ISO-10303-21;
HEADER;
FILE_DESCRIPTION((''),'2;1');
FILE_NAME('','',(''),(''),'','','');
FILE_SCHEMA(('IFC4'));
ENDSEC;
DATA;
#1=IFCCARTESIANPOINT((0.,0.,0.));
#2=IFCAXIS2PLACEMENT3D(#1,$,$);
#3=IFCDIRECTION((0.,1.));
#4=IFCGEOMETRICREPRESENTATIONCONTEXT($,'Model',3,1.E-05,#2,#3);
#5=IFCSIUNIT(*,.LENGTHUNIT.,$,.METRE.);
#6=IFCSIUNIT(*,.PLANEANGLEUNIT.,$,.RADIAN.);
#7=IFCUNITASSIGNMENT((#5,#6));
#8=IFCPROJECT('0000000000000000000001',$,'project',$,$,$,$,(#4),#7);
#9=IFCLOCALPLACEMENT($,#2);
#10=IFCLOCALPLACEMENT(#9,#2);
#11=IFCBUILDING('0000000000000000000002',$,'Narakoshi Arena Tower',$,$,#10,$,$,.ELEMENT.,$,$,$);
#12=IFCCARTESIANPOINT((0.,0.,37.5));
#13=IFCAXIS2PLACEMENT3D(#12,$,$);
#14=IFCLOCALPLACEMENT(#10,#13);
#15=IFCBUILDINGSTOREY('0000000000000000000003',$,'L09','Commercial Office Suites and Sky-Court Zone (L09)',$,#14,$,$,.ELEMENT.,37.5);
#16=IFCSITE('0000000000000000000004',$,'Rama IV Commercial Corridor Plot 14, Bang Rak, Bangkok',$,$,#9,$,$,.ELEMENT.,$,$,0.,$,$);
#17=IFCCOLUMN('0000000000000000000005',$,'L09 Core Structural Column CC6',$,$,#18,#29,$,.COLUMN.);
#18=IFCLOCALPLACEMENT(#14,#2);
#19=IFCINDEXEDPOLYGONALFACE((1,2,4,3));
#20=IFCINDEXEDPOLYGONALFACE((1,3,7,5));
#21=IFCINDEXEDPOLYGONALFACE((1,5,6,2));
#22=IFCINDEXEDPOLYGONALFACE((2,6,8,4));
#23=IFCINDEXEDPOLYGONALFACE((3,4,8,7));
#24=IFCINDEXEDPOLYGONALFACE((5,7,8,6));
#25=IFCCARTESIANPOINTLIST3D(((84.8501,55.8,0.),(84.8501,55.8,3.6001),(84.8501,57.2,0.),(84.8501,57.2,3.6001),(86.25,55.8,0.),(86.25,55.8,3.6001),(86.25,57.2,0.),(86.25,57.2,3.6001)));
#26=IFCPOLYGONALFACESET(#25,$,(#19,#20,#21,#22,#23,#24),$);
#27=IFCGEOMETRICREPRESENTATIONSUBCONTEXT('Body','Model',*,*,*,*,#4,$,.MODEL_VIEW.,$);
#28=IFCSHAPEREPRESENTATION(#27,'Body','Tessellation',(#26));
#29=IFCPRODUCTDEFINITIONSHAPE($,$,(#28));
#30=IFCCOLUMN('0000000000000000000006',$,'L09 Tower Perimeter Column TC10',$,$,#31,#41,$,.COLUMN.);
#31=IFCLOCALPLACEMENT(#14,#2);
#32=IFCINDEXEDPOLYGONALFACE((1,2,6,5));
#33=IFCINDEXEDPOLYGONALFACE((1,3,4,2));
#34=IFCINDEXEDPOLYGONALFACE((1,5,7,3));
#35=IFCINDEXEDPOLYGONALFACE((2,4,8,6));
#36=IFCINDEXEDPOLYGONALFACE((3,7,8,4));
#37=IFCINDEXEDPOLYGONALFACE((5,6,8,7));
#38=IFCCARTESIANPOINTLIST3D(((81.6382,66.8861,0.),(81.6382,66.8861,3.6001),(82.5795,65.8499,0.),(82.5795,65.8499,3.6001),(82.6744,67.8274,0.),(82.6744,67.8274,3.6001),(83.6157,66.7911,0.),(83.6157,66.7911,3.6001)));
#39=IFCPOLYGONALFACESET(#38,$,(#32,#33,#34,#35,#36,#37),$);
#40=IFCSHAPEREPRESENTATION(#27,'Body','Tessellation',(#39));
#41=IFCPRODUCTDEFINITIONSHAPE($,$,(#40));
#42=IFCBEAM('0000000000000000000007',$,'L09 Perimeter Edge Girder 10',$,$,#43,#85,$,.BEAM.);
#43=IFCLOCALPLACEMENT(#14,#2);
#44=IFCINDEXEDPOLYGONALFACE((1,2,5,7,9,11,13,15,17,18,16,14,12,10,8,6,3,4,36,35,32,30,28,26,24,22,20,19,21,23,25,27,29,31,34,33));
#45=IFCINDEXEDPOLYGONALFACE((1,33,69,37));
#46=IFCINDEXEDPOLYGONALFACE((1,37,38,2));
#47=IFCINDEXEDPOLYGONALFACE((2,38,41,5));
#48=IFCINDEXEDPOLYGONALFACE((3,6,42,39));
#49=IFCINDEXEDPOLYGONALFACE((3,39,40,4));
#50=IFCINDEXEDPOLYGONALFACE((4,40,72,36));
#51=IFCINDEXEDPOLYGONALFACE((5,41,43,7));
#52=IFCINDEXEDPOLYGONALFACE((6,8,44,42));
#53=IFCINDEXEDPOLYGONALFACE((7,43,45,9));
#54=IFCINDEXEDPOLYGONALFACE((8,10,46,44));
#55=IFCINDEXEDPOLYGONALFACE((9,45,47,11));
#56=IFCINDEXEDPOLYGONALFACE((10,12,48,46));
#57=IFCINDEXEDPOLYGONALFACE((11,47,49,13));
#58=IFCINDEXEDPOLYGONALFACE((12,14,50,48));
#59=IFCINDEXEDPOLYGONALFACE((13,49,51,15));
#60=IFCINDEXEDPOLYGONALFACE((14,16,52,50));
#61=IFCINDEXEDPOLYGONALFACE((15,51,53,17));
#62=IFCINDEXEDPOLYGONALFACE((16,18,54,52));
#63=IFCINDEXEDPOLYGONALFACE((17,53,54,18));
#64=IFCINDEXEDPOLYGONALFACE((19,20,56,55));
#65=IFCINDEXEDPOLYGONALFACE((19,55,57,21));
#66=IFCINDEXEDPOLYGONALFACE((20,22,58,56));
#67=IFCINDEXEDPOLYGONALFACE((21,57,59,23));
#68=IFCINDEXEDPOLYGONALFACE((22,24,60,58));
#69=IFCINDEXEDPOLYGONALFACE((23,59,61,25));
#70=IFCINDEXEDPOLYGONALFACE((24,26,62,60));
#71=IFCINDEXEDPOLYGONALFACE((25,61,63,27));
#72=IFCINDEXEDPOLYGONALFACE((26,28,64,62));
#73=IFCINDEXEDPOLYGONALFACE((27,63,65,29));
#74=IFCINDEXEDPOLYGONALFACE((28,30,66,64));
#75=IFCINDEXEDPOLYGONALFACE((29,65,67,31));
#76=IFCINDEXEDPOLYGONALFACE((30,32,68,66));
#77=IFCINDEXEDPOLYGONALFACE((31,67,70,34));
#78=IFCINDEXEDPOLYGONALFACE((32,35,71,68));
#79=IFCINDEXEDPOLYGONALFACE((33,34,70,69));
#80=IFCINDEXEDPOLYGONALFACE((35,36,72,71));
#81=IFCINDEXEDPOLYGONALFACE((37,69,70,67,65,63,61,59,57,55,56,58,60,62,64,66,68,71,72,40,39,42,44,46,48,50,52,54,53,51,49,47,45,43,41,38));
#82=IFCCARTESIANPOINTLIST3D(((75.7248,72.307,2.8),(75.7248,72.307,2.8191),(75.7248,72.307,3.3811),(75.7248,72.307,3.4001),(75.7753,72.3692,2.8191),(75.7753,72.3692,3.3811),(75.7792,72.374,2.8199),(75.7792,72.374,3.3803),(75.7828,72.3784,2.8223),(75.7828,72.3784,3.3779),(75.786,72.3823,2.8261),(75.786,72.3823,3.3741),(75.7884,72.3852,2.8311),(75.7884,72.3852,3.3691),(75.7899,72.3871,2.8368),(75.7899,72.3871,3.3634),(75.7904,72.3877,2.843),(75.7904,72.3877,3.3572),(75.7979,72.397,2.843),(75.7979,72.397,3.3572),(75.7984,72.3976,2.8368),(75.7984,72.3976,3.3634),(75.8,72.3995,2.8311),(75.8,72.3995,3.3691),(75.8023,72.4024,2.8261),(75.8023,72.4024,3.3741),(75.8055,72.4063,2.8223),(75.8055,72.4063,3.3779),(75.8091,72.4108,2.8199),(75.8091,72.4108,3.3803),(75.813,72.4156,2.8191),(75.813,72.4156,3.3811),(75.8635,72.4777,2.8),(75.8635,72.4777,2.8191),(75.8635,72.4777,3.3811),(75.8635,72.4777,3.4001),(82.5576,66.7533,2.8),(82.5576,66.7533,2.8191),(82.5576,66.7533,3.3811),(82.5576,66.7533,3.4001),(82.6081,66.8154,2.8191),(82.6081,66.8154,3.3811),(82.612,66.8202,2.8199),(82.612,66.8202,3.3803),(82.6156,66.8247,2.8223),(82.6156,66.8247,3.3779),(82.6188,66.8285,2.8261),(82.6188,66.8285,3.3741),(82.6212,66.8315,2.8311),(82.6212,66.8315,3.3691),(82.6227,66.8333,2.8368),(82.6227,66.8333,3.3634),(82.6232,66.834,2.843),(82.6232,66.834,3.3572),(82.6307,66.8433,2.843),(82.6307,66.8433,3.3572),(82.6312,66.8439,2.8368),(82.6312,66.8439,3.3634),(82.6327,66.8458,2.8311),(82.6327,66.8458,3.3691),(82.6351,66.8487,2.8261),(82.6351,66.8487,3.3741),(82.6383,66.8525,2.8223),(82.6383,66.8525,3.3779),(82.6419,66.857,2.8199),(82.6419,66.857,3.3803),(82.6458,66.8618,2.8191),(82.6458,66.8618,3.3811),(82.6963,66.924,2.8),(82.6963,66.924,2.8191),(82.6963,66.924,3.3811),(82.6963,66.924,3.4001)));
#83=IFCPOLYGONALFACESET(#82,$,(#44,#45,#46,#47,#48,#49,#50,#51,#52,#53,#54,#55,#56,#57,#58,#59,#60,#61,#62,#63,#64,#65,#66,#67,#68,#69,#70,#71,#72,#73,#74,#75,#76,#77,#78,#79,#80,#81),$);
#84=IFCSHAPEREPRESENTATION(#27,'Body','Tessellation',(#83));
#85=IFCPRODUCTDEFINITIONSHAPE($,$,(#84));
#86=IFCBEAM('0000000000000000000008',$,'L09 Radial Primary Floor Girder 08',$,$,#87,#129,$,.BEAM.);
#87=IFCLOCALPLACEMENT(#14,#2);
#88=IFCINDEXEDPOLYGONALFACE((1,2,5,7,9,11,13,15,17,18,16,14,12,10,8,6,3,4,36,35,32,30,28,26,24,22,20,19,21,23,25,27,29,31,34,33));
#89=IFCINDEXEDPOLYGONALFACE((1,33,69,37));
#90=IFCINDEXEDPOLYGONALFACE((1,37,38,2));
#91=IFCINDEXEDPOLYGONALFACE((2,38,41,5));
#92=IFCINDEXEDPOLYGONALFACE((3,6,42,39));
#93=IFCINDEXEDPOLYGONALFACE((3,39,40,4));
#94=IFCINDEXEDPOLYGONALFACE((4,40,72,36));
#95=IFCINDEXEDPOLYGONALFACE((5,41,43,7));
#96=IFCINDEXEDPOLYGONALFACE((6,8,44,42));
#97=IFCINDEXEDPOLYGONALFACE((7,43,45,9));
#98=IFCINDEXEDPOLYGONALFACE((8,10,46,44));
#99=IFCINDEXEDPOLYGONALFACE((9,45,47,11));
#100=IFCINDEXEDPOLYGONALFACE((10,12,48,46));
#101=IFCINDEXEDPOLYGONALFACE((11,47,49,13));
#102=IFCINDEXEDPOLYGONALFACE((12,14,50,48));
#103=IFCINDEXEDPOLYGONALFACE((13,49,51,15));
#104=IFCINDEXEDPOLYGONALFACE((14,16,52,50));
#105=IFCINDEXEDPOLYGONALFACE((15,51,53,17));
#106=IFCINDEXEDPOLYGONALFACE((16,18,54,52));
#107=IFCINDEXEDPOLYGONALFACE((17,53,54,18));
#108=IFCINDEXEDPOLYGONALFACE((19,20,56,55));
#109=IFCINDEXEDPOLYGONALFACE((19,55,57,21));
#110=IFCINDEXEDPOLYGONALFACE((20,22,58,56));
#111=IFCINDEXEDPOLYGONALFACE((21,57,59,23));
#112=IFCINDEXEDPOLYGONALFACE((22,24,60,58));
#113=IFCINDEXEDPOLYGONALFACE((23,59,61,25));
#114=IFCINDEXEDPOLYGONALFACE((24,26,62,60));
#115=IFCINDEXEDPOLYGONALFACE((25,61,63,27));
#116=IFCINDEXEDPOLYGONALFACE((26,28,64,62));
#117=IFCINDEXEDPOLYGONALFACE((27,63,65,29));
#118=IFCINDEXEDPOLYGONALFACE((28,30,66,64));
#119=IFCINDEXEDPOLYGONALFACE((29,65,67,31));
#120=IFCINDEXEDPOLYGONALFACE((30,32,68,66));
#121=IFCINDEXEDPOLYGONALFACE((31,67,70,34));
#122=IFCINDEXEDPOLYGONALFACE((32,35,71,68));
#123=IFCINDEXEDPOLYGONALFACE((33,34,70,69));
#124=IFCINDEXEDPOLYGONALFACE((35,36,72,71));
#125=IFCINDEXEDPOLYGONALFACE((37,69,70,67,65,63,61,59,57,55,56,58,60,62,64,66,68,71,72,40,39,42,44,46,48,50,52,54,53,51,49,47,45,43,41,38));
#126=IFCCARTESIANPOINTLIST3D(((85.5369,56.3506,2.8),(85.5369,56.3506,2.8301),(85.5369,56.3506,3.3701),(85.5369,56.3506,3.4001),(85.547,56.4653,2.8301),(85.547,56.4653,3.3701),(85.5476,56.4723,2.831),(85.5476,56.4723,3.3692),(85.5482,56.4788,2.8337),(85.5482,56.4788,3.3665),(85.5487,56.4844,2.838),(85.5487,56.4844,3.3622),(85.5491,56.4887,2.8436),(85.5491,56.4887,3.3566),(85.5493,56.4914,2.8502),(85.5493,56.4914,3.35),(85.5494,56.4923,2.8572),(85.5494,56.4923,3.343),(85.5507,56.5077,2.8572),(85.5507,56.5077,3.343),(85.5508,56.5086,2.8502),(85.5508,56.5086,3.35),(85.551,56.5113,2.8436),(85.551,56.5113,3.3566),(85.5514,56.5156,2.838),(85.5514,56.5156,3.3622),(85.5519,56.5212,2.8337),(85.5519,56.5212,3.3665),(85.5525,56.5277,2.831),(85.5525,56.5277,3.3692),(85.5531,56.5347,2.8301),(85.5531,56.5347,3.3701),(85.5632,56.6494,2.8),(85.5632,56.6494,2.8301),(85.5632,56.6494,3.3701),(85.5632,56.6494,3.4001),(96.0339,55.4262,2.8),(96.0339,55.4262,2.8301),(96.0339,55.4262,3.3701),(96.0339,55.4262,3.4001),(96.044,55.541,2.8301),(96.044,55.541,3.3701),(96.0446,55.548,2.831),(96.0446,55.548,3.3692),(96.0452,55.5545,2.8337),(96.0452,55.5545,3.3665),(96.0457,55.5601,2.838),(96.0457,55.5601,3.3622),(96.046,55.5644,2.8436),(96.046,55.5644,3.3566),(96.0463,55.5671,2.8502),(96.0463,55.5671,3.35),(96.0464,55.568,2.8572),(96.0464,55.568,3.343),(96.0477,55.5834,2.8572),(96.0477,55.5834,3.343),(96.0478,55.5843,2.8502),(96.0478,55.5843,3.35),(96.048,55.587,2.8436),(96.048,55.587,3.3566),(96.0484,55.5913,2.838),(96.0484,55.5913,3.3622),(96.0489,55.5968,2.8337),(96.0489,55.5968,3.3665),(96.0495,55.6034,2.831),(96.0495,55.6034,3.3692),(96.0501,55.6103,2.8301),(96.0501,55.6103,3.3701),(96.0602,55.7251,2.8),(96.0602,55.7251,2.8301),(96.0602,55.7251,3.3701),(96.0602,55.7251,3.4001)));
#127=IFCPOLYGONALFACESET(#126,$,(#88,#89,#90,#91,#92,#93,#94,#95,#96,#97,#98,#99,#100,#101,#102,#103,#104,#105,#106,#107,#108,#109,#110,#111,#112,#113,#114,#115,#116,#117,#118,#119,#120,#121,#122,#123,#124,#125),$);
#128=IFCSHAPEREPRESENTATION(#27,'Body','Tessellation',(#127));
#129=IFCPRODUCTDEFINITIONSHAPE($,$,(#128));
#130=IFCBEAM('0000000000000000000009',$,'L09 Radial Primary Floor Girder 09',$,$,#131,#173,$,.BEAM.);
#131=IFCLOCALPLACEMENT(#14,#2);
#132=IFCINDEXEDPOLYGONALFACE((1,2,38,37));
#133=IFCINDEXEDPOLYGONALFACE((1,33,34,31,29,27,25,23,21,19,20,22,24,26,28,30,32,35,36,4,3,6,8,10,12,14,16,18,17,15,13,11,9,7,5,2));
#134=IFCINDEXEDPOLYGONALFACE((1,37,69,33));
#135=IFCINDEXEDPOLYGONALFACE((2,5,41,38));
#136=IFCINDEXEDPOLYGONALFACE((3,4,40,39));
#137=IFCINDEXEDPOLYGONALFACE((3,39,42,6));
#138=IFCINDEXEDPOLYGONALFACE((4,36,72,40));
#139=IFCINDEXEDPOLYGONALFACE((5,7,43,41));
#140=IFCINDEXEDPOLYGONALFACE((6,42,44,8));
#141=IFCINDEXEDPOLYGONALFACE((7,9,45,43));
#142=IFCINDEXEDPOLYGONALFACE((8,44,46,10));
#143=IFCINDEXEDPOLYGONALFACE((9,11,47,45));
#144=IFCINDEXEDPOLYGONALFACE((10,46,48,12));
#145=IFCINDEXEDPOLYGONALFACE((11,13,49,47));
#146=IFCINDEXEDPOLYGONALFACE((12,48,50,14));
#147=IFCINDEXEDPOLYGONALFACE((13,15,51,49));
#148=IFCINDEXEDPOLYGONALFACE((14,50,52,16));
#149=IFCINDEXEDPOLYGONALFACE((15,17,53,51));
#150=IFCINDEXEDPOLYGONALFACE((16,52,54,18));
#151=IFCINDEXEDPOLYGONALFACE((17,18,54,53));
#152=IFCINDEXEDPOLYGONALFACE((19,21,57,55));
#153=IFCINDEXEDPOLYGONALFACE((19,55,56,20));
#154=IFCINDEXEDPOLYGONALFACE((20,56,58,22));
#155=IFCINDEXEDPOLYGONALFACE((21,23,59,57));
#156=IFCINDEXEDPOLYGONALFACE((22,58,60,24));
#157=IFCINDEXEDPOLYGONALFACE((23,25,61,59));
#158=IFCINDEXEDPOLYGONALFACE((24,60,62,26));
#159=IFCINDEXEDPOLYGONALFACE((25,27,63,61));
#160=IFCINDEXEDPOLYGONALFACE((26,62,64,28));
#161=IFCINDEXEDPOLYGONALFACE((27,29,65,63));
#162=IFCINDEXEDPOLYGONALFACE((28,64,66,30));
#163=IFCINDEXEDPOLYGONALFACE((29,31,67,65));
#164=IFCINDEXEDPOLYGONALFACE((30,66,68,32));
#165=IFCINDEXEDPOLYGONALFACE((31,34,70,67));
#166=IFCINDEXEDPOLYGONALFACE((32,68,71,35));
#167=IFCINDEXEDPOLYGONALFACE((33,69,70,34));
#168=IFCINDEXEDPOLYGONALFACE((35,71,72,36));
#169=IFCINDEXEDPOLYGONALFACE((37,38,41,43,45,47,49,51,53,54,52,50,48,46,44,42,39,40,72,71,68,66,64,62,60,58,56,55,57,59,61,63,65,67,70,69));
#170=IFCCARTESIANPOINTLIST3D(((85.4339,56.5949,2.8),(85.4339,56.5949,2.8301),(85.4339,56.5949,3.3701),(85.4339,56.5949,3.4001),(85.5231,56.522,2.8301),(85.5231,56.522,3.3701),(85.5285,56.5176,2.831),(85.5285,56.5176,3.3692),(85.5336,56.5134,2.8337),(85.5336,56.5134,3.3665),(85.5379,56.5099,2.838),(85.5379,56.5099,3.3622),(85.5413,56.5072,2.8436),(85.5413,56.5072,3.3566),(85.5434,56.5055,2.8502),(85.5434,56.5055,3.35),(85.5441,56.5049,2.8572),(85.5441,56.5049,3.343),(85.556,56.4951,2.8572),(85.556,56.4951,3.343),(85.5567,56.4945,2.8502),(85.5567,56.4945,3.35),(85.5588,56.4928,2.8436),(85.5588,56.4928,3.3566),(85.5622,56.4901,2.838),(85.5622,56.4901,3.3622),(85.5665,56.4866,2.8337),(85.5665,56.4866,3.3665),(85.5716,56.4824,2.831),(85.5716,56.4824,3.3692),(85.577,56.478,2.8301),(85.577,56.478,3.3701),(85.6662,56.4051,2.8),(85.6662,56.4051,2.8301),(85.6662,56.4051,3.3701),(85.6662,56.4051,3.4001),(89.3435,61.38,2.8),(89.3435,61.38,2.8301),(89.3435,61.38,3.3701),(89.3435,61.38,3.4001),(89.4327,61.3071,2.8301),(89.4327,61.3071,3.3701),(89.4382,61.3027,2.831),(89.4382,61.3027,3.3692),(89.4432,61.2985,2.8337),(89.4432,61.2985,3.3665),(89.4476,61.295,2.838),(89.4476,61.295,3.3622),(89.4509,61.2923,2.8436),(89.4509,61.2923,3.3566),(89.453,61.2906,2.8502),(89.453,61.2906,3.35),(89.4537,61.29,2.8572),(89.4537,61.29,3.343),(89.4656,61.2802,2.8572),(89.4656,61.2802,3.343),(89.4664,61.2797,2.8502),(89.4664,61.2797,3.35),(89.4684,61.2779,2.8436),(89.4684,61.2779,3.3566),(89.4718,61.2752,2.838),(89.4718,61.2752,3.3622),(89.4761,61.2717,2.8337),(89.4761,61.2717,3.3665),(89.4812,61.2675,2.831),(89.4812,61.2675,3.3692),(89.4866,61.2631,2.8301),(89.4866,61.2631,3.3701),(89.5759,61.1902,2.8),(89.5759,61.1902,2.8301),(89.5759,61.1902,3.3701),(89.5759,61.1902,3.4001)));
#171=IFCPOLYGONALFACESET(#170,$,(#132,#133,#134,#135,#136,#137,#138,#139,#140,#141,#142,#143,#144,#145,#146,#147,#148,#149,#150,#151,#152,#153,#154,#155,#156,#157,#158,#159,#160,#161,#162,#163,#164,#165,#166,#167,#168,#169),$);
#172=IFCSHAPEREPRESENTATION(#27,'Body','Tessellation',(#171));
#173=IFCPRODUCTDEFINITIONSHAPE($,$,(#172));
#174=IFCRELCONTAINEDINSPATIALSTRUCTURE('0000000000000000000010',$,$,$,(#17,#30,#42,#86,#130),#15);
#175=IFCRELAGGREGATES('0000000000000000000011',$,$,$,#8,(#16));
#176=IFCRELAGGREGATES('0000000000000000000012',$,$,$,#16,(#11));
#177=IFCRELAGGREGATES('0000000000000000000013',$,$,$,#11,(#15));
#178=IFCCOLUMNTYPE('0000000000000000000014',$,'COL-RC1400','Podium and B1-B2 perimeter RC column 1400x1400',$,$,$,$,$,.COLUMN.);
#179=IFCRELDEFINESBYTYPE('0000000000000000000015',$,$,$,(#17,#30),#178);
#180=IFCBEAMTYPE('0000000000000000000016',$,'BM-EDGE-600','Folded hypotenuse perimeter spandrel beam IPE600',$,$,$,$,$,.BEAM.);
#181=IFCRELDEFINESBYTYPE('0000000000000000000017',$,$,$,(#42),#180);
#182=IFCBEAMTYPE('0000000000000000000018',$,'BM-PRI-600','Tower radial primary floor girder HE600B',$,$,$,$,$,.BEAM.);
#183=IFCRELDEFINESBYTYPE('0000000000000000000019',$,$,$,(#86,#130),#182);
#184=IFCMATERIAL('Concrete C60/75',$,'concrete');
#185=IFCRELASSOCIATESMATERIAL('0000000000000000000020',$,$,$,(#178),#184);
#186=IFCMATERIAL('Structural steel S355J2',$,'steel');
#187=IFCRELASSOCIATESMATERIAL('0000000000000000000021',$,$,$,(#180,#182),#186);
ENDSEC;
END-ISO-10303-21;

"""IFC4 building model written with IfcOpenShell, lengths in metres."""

from ifc_helpers import new_model, si_unit, direction, frame, origin, origin_2d, place, context, subcontext, project, spatial, rectangle, i_section, extrude, material, material_profile, profile_set, type_object, element, save


model = new_model("IFC4")

# Units and contexts
model_context = context("Model", 3, precision=1e-05, world=origin(), true_north=direction((0.0, 1.0)))
body_context = subcontext(model_context, "Body", "Model", "MODEL_VIEW")
ifc_project = project(units=[si_unit("LENGTHUNIT", "METRE"), si_unit("PLANEANGLEUNIT", "RADIAN")], contexts=[model_context])

# Site, building, storey
site_placement = place(None, origin())
site = spatial("IfcSite", under=ifc_project, at=site_placement, Name="Rama IV Commercial Corridor Plot 14, Bang Rak, Bangkok", CompositionType="ELEMENT", RefElevation=0.0)
building_placement = place(site_placement, origin())
building = spatial("IfcBuilding", under=site, at=building_placement, Name="Narakoshi Arena Tower", CompositionType="ELEMENT")
storey_placement = place(building_placement, frame((0.0, 0.0, 37.5)))
storey = spatial("IfcBuildingStorey", under=building, at=storey_placement, Name="L09", Description="Commercial Office Suites and Sky-Court Zone (L09)", CompositionType="ELEMENT", Elevation=37.5)

# Columns
ifc_material_1 = material(Name="Concrete C60/75", Category="concrete")
ifc_material_profile_1 = material_profile(ifc_material_1, rectangle(XDim=1.3999, YDim=1.3999, at=origin_2d()), Name="RC1400x1400")
ifc_profile_set_1 = profile_set([ifc_material_profile_1], Name="Concrete C60/75")
column_type = type_object("IfcColumnType", Name="COL-RC1400", Description="Podium and B1-B2 perimeter RC column 1400x1400", PredefinedType="COLUMN", material=ifc_profile_set_1)
for number, where, z_axis, x_axis, name in (
    (1, (85.55, 56.5, 0.0), (0.0, 0.0, 1.0), (1.0, 0.0, 0.0), "L09 Core Structural Column CC6"),
    (2, (82.627, 66.8386, 0.0), (0.0, 0.0, 1.0), (0.740218, 0.672367, 0.0), "L09 Tower Perimeter Column TC10"),
):
    element("IfcColumn", number, at=place(storey_placement, frame(where, z_axis=z_axis, x_axis=x_axis)), inside=storey, type_object=column_type, Name=name, PredefinedType="COLUMN", context=body_context, shape_type="SweptSolid", body=[
        extrude(rectangle(XDim=1.3999, YDim=1.3999, at=origin_2d()), origin(), (0.0, 0.0, 1.0), 3.6001),
    ])

# Beams
ifc_material_2 = material(Name="Structural steel S355J2", Category="steel")
ifc_material_profile_2 = material_profile(ifc_material_2, i_section(OverallWidth=0.22, OverallDepth=0.6001, WebThickness=0.012, FlangeThickness=0.019, FilletRadius=0.0239, at=origin_2d()), Name="IPE600")
ifc_profile_set_2 = profile_set([ifc_material_profile_2], Name="Structural steel S355J2")
beam_type_1 = type_object("IfcBeamType", Name="BM-EDGE-600", Description="Folded hypotenuse perimeter spandrel beam IPE600", PredefinedType="BEAM", material=ifc_profile_set_2)
beam_1_placement = place(storey_placement, frame((82.627, 66.8386, 3.1001), z_axis=(-0.775998, 0.630736, 0.0), x_axis=(-0.630736, -0.775998, 0.0)))
element("IfcBeam", 3, at=beam_1_placement, inside=storey, type_object=beam_type_1, Name="L09 Perimeter Edge Girder 10", PredefinedType="BEAM", context=body_context, shape_type="SweptSolid", body=[
    extrude(i_section(OverallWidth=0.22, OverallDepth=0.6001, WebThickness=0.012, FlangeThickness=0.019, FilletRadius=0.0239, at=origin_2d()), origin(), (0.0, 0.0, 1.0), 8.8052),
])
ifc_material_profile_3 = material_profile(ifc_material_2, i_section(OverallWidth=0.3, OverallDepth=0.6001, WebThickness=0.0154, FlangeThickness=0.03, FilletRadius=0.0271, at=origin_2d()), Name="HE600B")
ifc_profile_set_3 = profile_set([ifc_material_profile_3], Name="Structural steel S355J2")
beam_type_2 = type_object("IfcBeamType", Name="BM-PRI-600", Description="Tower radial primary floor girder HE600B", PredefinedType="BEAM", material=ifc_profile_set_3)
beam_2_placement = place(storey_placement, frame((85.55, 56.5, 3.1001), z_axis=(0.996146, -0.087715, 0.0), x_axis=(0.087715, 0.996146, 0.0)))
element("IfcBeam", 4, at=beam_2_placement, inside=storey, type_object=beam_type_2, Name="L09 Radial Primary Floor Girder 08", PredefinedType="BEAM", context=body_context, shape_type="SweptSolid", body=[
    extrude(i_section(OverallWidth=0.3, OverallDepth=0.6001, WebThickness=0.0154, FlangeThickness=0.03, FilletRadius=0.0271, at=origin_2d()), origin(), (0.0, 0.0, 1.0), 10.5376),
])
beam_3_placement = place(storey_placement, frame((85.55, 56.5, 3.1001), z_axis=(0.632708, 0.77439, 0.0), x_axis=(-0.77439, 0.632708, 0.0)))
element("IfcBeam", 5, at=beam_3_placement, inside=storey, type_object=beam_type_2, Name="L09 Radial Primary Floor Girder 09", PredefinedType="BEAM", context=body_context, shape_type="SweptSolid", body=[
    extrude(i_section(OverallWidth=0.3, OverallDepth=0.6001, WebThickness=0.0154, FlangeThickness=0.03, FilletRadius=0.0271, at=origin_2d()), origin(), (0.0, 0.0, 1.0), 6.1792),
])

save(model, "model.ifc")
